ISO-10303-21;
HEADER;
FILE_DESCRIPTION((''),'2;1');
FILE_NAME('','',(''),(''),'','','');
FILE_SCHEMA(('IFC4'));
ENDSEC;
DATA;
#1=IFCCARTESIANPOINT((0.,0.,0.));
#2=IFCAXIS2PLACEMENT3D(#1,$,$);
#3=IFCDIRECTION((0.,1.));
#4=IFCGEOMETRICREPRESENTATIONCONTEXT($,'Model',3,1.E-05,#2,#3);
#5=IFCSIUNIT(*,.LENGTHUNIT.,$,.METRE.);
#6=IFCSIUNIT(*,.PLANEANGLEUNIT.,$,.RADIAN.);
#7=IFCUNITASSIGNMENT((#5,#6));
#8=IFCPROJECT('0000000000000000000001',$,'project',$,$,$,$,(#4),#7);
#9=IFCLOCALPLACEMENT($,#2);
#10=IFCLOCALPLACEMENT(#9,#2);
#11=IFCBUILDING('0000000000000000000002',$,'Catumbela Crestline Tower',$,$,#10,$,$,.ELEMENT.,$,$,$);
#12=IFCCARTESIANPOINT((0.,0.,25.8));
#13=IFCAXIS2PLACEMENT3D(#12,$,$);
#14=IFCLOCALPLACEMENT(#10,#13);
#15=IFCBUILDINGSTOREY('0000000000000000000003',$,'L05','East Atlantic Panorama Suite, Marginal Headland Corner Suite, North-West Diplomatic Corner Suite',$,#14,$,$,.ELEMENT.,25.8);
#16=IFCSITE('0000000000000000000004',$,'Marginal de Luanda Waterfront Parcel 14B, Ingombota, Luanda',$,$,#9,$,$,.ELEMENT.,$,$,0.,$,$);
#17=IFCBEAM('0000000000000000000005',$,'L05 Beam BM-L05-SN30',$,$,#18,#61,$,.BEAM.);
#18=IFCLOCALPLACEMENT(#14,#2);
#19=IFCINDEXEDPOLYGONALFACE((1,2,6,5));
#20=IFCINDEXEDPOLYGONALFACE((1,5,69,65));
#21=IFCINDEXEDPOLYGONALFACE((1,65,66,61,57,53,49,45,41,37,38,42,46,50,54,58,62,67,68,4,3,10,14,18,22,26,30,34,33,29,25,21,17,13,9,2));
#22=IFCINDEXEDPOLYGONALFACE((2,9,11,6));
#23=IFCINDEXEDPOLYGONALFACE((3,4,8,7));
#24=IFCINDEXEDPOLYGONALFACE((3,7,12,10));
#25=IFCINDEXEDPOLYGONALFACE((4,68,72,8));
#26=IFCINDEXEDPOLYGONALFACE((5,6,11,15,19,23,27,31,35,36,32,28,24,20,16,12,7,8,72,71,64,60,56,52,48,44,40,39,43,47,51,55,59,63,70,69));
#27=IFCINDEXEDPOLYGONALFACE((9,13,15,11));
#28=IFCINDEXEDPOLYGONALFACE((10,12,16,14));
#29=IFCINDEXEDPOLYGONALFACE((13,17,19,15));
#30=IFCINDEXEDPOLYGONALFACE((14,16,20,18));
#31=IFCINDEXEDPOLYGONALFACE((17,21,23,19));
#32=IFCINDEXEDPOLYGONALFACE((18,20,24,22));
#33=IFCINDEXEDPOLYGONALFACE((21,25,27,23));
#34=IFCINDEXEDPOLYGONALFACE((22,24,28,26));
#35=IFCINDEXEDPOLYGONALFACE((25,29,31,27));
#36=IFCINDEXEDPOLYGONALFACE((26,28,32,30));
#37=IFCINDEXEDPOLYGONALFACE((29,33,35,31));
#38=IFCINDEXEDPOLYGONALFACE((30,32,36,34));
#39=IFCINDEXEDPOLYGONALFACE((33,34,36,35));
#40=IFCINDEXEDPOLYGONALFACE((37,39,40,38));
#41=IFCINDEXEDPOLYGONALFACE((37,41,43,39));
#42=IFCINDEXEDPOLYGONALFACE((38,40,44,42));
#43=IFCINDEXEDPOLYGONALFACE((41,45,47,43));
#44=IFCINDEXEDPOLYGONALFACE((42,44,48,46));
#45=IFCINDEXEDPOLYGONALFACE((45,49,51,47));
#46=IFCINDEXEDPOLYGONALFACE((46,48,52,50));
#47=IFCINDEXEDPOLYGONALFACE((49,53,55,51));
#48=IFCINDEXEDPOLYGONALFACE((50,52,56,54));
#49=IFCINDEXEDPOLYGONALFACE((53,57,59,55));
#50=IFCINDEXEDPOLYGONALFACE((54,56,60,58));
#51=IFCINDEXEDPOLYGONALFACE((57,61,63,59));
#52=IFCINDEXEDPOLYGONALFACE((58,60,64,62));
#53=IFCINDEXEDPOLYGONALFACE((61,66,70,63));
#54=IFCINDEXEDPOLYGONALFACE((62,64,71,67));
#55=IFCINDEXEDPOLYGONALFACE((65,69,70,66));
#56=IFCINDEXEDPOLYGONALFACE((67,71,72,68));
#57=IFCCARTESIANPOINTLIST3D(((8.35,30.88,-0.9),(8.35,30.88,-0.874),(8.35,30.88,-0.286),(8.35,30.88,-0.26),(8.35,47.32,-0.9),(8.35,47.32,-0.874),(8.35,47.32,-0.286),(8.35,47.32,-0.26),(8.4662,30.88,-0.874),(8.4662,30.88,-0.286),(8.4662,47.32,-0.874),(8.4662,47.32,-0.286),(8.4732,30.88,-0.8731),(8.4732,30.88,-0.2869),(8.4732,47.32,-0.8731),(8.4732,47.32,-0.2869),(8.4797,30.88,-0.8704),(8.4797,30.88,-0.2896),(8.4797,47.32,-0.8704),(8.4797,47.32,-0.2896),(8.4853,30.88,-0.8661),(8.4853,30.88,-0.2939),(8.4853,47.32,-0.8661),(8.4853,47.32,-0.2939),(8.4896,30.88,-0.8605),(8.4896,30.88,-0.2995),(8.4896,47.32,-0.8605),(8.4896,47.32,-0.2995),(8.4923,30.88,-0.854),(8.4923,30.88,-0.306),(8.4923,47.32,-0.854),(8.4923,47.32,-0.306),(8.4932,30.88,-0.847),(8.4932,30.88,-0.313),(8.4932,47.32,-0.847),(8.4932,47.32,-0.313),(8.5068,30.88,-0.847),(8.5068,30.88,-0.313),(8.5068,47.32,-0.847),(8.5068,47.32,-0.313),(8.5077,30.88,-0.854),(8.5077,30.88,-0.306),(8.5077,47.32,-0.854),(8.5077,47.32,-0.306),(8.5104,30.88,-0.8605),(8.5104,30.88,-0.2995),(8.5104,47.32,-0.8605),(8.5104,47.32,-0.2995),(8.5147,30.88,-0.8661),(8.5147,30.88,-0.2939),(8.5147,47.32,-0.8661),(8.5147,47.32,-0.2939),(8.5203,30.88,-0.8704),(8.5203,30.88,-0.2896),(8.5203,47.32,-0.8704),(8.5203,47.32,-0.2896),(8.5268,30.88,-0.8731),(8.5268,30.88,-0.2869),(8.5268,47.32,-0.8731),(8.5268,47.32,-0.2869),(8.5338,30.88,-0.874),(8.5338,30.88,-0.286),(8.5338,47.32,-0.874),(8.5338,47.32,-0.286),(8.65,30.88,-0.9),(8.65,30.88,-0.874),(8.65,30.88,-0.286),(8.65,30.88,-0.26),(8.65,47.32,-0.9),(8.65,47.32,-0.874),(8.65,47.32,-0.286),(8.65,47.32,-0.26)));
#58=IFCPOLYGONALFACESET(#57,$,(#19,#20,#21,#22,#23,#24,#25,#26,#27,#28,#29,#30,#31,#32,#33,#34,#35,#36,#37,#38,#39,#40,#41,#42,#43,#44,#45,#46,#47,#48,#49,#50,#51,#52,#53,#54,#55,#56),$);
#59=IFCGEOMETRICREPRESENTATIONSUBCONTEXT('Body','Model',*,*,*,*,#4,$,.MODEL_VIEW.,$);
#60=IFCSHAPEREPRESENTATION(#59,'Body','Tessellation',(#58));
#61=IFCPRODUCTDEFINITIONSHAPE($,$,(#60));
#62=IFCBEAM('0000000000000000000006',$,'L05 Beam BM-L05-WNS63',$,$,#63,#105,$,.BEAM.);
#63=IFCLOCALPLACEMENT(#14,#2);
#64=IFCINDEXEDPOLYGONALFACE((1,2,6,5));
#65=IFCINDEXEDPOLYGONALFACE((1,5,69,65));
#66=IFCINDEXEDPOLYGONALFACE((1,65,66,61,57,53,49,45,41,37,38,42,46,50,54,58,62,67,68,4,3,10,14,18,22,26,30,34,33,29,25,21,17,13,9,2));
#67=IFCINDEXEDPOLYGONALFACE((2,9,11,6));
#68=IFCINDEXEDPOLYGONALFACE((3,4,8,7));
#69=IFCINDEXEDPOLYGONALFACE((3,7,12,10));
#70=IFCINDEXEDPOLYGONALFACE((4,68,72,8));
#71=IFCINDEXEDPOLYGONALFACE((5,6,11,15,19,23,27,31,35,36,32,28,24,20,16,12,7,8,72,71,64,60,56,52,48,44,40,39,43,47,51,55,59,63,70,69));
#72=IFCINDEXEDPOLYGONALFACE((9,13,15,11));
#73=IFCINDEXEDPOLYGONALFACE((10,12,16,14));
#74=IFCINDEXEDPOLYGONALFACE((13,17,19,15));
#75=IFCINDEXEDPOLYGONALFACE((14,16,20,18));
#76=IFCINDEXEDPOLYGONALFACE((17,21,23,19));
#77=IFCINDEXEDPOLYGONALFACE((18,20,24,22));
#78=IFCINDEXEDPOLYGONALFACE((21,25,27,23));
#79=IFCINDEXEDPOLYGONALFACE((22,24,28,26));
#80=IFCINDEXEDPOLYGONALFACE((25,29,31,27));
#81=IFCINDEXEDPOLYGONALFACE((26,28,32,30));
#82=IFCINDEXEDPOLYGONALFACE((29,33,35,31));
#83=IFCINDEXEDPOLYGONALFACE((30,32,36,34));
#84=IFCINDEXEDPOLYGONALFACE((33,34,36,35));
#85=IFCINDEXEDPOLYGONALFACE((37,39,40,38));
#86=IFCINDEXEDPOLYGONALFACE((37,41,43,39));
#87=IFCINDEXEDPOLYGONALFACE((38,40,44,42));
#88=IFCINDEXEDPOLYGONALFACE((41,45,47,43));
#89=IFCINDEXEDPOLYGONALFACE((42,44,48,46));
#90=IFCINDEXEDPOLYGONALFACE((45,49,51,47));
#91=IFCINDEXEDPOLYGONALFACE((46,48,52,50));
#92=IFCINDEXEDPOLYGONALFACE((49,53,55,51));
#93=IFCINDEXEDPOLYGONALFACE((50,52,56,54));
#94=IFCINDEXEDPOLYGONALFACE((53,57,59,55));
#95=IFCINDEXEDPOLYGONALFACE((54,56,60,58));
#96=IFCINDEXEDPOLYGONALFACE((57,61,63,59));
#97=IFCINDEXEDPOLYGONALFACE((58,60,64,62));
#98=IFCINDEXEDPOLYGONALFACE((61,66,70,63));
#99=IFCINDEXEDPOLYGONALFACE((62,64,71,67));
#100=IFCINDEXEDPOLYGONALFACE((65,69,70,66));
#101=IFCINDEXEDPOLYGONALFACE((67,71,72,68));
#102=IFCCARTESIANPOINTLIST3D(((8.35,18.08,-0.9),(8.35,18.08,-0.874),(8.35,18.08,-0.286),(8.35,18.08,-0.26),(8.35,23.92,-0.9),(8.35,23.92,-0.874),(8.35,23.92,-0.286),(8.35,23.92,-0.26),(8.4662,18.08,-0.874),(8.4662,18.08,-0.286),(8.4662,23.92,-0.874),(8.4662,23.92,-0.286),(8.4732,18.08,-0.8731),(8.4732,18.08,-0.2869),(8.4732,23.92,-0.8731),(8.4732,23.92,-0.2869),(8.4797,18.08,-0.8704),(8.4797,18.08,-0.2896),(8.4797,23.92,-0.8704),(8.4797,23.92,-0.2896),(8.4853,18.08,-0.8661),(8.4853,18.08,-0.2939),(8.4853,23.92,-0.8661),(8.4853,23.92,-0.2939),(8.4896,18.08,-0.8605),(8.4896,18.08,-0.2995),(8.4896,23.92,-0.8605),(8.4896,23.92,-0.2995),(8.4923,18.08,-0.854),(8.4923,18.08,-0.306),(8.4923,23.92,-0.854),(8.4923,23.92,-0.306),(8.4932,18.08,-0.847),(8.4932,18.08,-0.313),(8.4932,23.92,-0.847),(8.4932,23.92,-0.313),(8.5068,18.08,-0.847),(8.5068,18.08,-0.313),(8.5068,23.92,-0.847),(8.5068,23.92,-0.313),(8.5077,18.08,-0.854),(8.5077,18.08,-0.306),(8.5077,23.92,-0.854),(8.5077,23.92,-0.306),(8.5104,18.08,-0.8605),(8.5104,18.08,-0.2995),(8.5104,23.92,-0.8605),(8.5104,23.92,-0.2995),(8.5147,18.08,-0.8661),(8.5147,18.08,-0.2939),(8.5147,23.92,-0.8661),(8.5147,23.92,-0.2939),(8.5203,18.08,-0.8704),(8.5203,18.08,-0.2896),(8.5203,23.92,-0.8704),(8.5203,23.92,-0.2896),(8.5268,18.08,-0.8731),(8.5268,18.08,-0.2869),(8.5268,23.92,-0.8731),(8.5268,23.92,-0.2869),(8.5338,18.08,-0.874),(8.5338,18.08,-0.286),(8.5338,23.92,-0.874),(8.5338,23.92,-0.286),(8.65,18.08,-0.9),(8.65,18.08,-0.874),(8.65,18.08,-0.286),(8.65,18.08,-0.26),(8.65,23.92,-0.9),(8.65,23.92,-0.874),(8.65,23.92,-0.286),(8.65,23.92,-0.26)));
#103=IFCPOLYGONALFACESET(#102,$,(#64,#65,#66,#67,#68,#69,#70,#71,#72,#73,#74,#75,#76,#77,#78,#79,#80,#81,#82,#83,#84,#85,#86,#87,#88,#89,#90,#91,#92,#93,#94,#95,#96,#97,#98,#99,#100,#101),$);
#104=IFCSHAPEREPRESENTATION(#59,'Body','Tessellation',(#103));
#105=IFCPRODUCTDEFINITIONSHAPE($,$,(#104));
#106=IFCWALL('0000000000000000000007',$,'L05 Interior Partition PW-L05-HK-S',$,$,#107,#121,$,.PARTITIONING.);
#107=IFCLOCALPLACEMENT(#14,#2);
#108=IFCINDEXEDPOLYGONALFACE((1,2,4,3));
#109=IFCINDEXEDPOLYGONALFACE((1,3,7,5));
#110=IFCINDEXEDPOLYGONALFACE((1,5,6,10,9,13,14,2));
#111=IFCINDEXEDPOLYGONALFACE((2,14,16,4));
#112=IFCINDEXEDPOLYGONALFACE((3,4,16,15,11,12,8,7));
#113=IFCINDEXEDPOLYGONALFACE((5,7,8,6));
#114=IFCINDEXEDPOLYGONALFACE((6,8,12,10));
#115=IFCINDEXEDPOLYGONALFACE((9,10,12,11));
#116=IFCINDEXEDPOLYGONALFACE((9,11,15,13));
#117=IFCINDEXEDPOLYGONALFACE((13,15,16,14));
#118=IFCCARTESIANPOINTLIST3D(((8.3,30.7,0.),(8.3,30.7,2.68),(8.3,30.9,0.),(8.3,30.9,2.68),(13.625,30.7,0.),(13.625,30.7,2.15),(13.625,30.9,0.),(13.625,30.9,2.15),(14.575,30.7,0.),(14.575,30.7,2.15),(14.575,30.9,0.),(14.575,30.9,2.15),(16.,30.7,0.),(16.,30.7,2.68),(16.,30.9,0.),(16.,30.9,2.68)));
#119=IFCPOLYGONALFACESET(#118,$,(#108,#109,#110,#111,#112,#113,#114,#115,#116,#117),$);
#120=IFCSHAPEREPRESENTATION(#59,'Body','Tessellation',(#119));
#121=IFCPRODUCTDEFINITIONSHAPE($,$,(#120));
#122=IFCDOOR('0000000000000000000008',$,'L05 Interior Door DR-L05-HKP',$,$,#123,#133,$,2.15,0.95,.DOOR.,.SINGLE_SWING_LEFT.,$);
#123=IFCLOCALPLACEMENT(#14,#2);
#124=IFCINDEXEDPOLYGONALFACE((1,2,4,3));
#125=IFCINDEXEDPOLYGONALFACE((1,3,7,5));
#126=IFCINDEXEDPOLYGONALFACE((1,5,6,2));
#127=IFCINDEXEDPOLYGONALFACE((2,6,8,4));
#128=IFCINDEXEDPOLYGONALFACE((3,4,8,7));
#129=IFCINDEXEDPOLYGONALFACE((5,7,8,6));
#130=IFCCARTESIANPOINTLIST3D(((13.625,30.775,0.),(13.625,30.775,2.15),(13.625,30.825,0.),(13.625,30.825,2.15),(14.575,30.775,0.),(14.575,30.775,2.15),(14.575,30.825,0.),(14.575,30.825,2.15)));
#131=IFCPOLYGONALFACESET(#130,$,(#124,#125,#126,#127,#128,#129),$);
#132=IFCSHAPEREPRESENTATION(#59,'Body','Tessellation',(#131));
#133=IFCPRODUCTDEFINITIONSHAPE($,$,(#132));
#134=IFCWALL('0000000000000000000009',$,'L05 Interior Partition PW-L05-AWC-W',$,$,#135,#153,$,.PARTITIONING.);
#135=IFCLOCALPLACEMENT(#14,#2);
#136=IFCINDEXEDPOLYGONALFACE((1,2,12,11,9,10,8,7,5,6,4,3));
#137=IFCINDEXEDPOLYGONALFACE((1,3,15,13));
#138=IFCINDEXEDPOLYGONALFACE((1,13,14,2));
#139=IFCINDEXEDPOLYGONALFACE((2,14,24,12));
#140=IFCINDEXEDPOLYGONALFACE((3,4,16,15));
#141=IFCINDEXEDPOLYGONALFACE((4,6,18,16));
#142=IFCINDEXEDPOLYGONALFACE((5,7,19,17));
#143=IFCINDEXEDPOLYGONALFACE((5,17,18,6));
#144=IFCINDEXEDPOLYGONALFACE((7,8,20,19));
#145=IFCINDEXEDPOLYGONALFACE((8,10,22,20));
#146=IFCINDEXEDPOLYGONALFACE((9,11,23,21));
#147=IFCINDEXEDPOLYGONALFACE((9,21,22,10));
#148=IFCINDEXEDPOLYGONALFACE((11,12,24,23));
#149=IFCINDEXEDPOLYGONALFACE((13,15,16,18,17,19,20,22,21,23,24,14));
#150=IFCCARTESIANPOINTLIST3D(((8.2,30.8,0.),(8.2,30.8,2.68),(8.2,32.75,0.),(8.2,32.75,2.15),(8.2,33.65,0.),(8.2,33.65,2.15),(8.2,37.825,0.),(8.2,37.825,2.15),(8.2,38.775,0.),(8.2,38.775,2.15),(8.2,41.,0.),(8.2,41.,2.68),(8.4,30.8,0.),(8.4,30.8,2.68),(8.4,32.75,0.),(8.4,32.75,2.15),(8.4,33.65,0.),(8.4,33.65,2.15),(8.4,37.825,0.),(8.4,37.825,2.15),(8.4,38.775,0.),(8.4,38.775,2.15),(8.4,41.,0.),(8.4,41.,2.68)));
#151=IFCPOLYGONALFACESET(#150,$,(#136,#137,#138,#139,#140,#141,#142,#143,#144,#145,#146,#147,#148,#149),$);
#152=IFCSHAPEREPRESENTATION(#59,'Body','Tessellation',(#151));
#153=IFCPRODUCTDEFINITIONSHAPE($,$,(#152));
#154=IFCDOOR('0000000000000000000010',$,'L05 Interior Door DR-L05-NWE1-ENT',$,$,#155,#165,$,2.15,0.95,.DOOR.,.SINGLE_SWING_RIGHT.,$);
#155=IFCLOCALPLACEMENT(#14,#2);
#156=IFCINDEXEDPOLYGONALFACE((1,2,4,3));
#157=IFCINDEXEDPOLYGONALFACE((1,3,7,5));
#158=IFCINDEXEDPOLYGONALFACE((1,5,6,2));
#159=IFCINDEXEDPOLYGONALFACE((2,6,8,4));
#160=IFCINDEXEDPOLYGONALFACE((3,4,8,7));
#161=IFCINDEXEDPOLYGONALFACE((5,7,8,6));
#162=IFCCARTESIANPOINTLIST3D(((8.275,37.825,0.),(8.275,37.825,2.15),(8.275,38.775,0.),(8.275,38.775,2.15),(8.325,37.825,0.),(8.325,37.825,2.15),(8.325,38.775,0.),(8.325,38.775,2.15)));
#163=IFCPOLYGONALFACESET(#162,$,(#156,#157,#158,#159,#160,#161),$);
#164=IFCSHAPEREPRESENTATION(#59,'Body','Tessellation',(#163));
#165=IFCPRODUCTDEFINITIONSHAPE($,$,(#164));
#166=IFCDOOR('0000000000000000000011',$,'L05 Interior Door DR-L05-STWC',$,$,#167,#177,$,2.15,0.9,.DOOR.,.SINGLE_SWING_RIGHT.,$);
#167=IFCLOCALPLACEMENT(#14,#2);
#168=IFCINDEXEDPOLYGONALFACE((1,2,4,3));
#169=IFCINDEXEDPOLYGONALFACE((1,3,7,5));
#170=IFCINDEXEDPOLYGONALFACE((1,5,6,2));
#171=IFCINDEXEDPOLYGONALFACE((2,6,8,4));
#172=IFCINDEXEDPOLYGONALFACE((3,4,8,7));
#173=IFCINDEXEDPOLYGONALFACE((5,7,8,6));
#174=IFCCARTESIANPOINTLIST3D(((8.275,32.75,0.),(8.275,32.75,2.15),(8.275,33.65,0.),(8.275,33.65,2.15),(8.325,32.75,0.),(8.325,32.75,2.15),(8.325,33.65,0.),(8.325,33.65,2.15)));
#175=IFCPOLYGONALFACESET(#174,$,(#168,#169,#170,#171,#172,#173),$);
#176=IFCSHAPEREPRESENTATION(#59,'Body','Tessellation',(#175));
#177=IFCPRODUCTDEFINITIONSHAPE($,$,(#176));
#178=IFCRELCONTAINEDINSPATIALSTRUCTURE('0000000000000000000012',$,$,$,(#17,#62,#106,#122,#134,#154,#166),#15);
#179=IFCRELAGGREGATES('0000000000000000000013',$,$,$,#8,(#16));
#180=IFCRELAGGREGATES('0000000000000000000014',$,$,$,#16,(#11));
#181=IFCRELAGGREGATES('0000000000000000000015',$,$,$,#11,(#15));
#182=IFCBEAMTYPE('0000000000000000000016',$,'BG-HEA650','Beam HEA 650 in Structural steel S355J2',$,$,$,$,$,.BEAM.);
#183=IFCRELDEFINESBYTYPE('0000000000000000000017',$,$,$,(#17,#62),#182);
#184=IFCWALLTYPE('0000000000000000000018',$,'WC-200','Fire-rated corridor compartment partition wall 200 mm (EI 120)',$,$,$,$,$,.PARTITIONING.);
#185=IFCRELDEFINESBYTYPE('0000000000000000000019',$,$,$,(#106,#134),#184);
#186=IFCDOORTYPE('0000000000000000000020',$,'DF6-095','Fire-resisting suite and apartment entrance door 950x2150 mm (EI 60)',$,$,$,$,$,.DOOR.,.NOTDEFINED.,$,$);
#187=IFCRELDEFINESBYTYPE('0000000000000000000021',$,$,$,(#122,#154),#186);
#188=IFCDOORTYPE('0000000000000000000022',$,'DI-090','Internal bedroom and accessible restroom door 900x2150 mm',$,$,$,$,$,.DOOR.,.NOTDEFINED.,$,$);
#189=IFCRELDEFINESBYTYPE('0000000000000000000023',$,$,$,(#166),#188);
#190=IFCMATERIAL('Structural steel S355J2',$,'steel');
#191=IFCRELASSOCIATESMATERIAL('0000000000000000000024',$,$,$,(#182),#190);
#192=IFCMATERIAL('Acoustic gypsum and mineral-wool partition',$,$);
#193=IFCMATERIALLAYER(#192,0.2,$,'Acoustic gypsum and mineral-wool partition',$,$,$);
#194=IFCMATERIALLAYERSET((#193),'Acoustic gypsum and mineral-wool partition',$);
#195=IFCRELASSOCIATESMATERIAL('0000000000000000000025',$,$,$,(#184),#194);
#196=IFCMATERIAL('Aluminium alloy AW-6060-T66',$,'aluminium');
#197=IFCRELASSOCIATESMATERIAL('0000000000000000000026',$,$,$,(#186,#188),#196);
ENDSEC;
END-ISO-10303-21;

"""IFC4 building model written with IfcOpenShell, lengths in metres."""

from ifc_helpers import new_model, si_unit, direction, frame, frame_2d, origin, origin_2d, place, context, subcontext, project, spatial, rectangle, i_section, extrude, material, layer, layer_set, material_profile, profile_set, type_object, element, fill, save


model = new_model("IFC4")

# Units and contexts
model_context = context("Model", 3, precision=1e-05, world=origin(), true_north=direction((0.0, 1.0)))
body_context = subcontext(model_context, "Body", "Model", "MODEL_VIEW")
ifc_project = project(units=[si_unit("LENGTHUNIT", "METRE"), si_unit("PLANEANGLEUNIT", "RADIAN")], contexts=[model_context])

# Site, building, storey
site_placement = place(None, origin())
site = spatial("IfcSite", under=ifc_project, at=site_placement, Name="Marginal de Luanda Waterfront Parcel 14B, Ingombota, Luanda", CompositionType="ELEMENT", RefElevation=0.0)
building_placement = place(site_placement, origin())
building = spatial("IfcBuilding", under=site, at=building_placement, Name="Catumbela Crestline Tower", CompositionType="ELEMENT")
storey_placement = place(building_placement, frame((0.0, 0.0, 25.8)))
storey = spatial("IfcBuildingStorey", under=building, at=storey_placement, Name="L05", Description="East Atlantic Panorama Suite, Marginal Headland Corner Suite, North-West Diplomatic Corner Suite", CompositionType="ELEMENT", Elevation=25.8)

# Beams
ifc_material_1 = material(Name="Structural steel S355J2", Category="steel")
ifc_material_profile_1 = material_profile(ifc_material_1, i_section(OverallWidth=0.3, OverallDepth=0.64, WebThickness=0.0135, FlangeThickness=0.026, FilletRadius=0.027, at=origin_2d()), Name="HEA 650")
ifc_profile_set_1 = profile_set([ifc_material_profile_1], Name="Structural steel S355J2")
beam_type = type_object("IfcBeamType", Name="BG-HEA650", Description="Beam HEA 650 in Structural steel S355J2", PredefinedType="BEAM", material=ifc_profile_set_1)
beam_1_placement = place(storey_placement, frame((8.5, 30.88, -0.58), z_axis=(0.0, 1.0, 0.0), x_axis=(-1.0, 0.0, 0.0)))
element("IfcBeam", 1, at=beam_1_placement, inside=storey, type_object=beam_type, Name="L05 Beam BM-L05-SN30", PredefinedType="BEAM", context=body_context, shape_type="SweptSolid", body=[
    extrude(i_section(OverallWidth=0.3, OverallDepth=0.64, WebThickness=0.0135, FlangeThickness=0.026, FilletRadius=0.027, at=origin_2d()), origin(), (0.0, 0.0, 1.0), 16.44),
])
beam_2_placement = place(storey_placement, frame((8.5, 18.08, -0.58), z_axis=(0.0, 1.0, 0.0), x_axis=(-1.0, 0.0, 0.0)))
element("IfcBeam", 2, at=beam_2_placement, inside=storey, type_object=beam_type, Name="L05 Beam BM-L05-WNS63", PredefinedType="BEAM", context=body_context, shape_type="SweptSolid", body=[
    extrude(i_section(OverallWidth=0.3, OverallDepth=0.64, WebThickness=0.0135, FlangeThickness=0.026, FilletRadius=0.027, at=origin_2d()), origin(), (0.0, 0.0, 1.0), 5.84),
])

# Wall, opening, door
ifc_material_2 = material(Name="Acoustic gypsum and mineral-wool partition")
ifc_layer = layer(ifc_material_2, 0.2, Name="Acoustic gypsum and mineral-wool partition")
ifc_layer_set = layer_set([ifc_layer], Name="Acoustic gypsum and mineral-wool partition")
wall_type = type_object("IfcWallType", Name="WC-200", Description="Fire-rated corridor compartment partition wall 200 mm (EI 120)", PredefinedType="PARTITIONING", material=ifc_layer_set)
wall_1_placement = place(storey_placement, frame((8.3, 30.8, 0.0), z_axis=(0.0, 0.0, 1.0), x_axis=(1.0, 0.0, 0.0)))
wall_1 = element("IfcWall", 3, at=wall_1_placement, inside=storey, type_object=wall_type, Name="L05 Interior Partition PW-L05-HK-S", PredefinedType="PARTITIONING", context=body_context, shape_type="SweptSolid", body=[
    extrude(rectangle(XDim=7.7, YDim=0.2, at=frame_2d((3.85, 0.0))), origin(), (0.0, 0.0, 1.0), 2.68),
])
opening_1_placement = place(wall_1_placement, frame((5.325, 0.0, 0.0)))
opening_1 = element("IfcOpeningElement", 4, at=opening_1_placement, cuts=wall_1, PredefinedType="OPENING", context=body_context, shape_type="SweptSolid", body=[
    extrude(rectangle(XDim=0.95, YDim=2.15, at=frame_2d((0.475, 1.075))), frame((0.0, 0.11, 0.0), z_axis=(0.0, -1.0, 0.0), x_axis=(1.0, 0.0, 0.0)), (0.0, 0.0, 1.0), 0.22),
])
ifc_material_3 = material(Name="Aluminium alloy AW-6060-T66", Category="aluminium")
door_type_1 = type_object("IfcDoorType", Name="DF6-095", Description="Fire-resisting suite and apartment entrance door 950x2150 mm (EI 60)", OperationType="NOTDEFINED", PredefinedType="DOOR", material=ifc_material_3)
door_1_placement = place(opening_1_placement, origin())
door_1 = element("IfcDoor", 5, at=door_1_placement, inside=storey, type_object=door_type_1, Name="L05 Interior Door DR-L05-HKP", OperationType="SINGLE_SWING_LEFT", OverallHeight=2.15, OverallWidth=0.95, PredefinedType="DOOR", context=body_context, shape_type="SweptSolid", body=[
    extrude(rectangle(XDim=0.95, YDim=2.15, at=frame_2d((0.475, 1.075))), frame((0.0, 0.025, 0.0), z_axis=(0.0, -1.0, 0.0), x_axis=(1.0, 0.0, 0.0)), (0.0, 0.0, 1.0), 0.05),
])
fill(opening_1, door_1)

# Wall, openings, doors
wall_2_placement = place(storey_placement, frame((8.3, 30.8, 0.0), z_axis=(0.0, 0.0, 1.0), x_axis=(0.0, 1.0, 0.0)))
wall_2 = element("IfcWall", 6, at=wall_2_placement, inside=storey, type_object=wall_type, Name="L05 Interior Partition PW-L05-AWC-W", PredefinedType="PARTITIONING", context=body_context, shape_type="SweptSolid", body=[
    extrude(rectangle(XDim=10.2, YDim=0.2, at=frame_2d((5.1, 0.0))), origin(), (0.0, 0.0, 1.0), 2.68),
])
opening_2_placement = place(wall_2_placement, frame((1.95, 0.0, 0.0)))
opening_2 = element("IfcOpeningElement", 7, at=opening_2_placement, cuts=wall_2, PredefinedType="OPENING", context=body_context, shape_type="SweptSolid", body=[
    extrude(rectangle(XDim=0.9, YDim=2.15, at=frame_2d((0.45, 1.075))), frame((0.0, 0.11, 0.0), z_axis=(0.0, -1.0, 0.0), x_axis=(1.0, 0.0, 0.0)), (0.0, 0.0, 1.0), 0.22),
])
opening_3_placement = place(wall_2_placement, frame((7.025, 0.0, 0.0)))
opening_3 = element("IfcOpeningElement", 8, at=opening_3_placement, cuts=wall_2, PredefinedType="OPENING", context=body_context, shape_type="SweptSolid", body=[
    extrude(rectangle(XDim=0.95, YDim=2.15, at=frame_2d((0.475, 1.075))), frame((0.0, 0.11, 0.0), z_axis=(0.0, -1.0, 0.0), x_axis=(1.0, 0.0, 0.0)), (0.0, 0.0, 1.0), 0.22),
])
door_2_placement = place(opening_3_placement, origin())
door_2 = element("IfcDoor", 9, at=door_2_placement, inside=storey, type_object=door_type_1, Name="L05 Interior Door DR-L05-NWE1-ENT", OperationType="SINGLE_SWING_RIGHT", OverallHeight=2.15, OverallWidth=0.95, PredefinedType="DOOR", context=body_context, shape_type="SweptSolid", body=[
    extrude(rectangle(XDim=0.95, YDim=2.15, at=frame_2d((0.475, 1.075))), frame((0.0, 0.025, 0.0), z_axis=(0.0, -1.0, 0.0), x_axis=(1.0, 0.0, 0.0)), (0.0, 0.0, 1.0), 0.05),
])
fill(opening_3, door_2)
door_type_2 = type_object("IfcDoorType", Name="DI-090", Description="Internal bedroom and accessible restroom door 900x2150 mm", OperationType="NOTDEFINED", PredefinedType="DOOR", material=ifc_material_3)
door_3_placement = place(opening_2_placement, origin())
door_3 = element("IfcDoor", 10, at=door_3_placement, inside=storey, type_object=door_type_2, Name="L05 Interior Door DR-L05-STWC", OperationType="SINGLE_SWING_RIGHT", OverallHeight=2.15, OverallWidth=0.9, PredefinedType="DOOR", context=body_context, shape_type="SweptSolid", body=[
    extrude(rectangle(XDim=0.9, YDim=2.15, at=frame_2d((0.45, 1.075))), frame((0.0, 0.025, 0.0), z_axis=(0.0, -1.0, 0.0), x_axis=(1.0, 0.0, 0.0)), (0.0, 0.0, 1.0), 0.05),
])
fill(opening_2, door_3)

save(model, "model.ifc")
